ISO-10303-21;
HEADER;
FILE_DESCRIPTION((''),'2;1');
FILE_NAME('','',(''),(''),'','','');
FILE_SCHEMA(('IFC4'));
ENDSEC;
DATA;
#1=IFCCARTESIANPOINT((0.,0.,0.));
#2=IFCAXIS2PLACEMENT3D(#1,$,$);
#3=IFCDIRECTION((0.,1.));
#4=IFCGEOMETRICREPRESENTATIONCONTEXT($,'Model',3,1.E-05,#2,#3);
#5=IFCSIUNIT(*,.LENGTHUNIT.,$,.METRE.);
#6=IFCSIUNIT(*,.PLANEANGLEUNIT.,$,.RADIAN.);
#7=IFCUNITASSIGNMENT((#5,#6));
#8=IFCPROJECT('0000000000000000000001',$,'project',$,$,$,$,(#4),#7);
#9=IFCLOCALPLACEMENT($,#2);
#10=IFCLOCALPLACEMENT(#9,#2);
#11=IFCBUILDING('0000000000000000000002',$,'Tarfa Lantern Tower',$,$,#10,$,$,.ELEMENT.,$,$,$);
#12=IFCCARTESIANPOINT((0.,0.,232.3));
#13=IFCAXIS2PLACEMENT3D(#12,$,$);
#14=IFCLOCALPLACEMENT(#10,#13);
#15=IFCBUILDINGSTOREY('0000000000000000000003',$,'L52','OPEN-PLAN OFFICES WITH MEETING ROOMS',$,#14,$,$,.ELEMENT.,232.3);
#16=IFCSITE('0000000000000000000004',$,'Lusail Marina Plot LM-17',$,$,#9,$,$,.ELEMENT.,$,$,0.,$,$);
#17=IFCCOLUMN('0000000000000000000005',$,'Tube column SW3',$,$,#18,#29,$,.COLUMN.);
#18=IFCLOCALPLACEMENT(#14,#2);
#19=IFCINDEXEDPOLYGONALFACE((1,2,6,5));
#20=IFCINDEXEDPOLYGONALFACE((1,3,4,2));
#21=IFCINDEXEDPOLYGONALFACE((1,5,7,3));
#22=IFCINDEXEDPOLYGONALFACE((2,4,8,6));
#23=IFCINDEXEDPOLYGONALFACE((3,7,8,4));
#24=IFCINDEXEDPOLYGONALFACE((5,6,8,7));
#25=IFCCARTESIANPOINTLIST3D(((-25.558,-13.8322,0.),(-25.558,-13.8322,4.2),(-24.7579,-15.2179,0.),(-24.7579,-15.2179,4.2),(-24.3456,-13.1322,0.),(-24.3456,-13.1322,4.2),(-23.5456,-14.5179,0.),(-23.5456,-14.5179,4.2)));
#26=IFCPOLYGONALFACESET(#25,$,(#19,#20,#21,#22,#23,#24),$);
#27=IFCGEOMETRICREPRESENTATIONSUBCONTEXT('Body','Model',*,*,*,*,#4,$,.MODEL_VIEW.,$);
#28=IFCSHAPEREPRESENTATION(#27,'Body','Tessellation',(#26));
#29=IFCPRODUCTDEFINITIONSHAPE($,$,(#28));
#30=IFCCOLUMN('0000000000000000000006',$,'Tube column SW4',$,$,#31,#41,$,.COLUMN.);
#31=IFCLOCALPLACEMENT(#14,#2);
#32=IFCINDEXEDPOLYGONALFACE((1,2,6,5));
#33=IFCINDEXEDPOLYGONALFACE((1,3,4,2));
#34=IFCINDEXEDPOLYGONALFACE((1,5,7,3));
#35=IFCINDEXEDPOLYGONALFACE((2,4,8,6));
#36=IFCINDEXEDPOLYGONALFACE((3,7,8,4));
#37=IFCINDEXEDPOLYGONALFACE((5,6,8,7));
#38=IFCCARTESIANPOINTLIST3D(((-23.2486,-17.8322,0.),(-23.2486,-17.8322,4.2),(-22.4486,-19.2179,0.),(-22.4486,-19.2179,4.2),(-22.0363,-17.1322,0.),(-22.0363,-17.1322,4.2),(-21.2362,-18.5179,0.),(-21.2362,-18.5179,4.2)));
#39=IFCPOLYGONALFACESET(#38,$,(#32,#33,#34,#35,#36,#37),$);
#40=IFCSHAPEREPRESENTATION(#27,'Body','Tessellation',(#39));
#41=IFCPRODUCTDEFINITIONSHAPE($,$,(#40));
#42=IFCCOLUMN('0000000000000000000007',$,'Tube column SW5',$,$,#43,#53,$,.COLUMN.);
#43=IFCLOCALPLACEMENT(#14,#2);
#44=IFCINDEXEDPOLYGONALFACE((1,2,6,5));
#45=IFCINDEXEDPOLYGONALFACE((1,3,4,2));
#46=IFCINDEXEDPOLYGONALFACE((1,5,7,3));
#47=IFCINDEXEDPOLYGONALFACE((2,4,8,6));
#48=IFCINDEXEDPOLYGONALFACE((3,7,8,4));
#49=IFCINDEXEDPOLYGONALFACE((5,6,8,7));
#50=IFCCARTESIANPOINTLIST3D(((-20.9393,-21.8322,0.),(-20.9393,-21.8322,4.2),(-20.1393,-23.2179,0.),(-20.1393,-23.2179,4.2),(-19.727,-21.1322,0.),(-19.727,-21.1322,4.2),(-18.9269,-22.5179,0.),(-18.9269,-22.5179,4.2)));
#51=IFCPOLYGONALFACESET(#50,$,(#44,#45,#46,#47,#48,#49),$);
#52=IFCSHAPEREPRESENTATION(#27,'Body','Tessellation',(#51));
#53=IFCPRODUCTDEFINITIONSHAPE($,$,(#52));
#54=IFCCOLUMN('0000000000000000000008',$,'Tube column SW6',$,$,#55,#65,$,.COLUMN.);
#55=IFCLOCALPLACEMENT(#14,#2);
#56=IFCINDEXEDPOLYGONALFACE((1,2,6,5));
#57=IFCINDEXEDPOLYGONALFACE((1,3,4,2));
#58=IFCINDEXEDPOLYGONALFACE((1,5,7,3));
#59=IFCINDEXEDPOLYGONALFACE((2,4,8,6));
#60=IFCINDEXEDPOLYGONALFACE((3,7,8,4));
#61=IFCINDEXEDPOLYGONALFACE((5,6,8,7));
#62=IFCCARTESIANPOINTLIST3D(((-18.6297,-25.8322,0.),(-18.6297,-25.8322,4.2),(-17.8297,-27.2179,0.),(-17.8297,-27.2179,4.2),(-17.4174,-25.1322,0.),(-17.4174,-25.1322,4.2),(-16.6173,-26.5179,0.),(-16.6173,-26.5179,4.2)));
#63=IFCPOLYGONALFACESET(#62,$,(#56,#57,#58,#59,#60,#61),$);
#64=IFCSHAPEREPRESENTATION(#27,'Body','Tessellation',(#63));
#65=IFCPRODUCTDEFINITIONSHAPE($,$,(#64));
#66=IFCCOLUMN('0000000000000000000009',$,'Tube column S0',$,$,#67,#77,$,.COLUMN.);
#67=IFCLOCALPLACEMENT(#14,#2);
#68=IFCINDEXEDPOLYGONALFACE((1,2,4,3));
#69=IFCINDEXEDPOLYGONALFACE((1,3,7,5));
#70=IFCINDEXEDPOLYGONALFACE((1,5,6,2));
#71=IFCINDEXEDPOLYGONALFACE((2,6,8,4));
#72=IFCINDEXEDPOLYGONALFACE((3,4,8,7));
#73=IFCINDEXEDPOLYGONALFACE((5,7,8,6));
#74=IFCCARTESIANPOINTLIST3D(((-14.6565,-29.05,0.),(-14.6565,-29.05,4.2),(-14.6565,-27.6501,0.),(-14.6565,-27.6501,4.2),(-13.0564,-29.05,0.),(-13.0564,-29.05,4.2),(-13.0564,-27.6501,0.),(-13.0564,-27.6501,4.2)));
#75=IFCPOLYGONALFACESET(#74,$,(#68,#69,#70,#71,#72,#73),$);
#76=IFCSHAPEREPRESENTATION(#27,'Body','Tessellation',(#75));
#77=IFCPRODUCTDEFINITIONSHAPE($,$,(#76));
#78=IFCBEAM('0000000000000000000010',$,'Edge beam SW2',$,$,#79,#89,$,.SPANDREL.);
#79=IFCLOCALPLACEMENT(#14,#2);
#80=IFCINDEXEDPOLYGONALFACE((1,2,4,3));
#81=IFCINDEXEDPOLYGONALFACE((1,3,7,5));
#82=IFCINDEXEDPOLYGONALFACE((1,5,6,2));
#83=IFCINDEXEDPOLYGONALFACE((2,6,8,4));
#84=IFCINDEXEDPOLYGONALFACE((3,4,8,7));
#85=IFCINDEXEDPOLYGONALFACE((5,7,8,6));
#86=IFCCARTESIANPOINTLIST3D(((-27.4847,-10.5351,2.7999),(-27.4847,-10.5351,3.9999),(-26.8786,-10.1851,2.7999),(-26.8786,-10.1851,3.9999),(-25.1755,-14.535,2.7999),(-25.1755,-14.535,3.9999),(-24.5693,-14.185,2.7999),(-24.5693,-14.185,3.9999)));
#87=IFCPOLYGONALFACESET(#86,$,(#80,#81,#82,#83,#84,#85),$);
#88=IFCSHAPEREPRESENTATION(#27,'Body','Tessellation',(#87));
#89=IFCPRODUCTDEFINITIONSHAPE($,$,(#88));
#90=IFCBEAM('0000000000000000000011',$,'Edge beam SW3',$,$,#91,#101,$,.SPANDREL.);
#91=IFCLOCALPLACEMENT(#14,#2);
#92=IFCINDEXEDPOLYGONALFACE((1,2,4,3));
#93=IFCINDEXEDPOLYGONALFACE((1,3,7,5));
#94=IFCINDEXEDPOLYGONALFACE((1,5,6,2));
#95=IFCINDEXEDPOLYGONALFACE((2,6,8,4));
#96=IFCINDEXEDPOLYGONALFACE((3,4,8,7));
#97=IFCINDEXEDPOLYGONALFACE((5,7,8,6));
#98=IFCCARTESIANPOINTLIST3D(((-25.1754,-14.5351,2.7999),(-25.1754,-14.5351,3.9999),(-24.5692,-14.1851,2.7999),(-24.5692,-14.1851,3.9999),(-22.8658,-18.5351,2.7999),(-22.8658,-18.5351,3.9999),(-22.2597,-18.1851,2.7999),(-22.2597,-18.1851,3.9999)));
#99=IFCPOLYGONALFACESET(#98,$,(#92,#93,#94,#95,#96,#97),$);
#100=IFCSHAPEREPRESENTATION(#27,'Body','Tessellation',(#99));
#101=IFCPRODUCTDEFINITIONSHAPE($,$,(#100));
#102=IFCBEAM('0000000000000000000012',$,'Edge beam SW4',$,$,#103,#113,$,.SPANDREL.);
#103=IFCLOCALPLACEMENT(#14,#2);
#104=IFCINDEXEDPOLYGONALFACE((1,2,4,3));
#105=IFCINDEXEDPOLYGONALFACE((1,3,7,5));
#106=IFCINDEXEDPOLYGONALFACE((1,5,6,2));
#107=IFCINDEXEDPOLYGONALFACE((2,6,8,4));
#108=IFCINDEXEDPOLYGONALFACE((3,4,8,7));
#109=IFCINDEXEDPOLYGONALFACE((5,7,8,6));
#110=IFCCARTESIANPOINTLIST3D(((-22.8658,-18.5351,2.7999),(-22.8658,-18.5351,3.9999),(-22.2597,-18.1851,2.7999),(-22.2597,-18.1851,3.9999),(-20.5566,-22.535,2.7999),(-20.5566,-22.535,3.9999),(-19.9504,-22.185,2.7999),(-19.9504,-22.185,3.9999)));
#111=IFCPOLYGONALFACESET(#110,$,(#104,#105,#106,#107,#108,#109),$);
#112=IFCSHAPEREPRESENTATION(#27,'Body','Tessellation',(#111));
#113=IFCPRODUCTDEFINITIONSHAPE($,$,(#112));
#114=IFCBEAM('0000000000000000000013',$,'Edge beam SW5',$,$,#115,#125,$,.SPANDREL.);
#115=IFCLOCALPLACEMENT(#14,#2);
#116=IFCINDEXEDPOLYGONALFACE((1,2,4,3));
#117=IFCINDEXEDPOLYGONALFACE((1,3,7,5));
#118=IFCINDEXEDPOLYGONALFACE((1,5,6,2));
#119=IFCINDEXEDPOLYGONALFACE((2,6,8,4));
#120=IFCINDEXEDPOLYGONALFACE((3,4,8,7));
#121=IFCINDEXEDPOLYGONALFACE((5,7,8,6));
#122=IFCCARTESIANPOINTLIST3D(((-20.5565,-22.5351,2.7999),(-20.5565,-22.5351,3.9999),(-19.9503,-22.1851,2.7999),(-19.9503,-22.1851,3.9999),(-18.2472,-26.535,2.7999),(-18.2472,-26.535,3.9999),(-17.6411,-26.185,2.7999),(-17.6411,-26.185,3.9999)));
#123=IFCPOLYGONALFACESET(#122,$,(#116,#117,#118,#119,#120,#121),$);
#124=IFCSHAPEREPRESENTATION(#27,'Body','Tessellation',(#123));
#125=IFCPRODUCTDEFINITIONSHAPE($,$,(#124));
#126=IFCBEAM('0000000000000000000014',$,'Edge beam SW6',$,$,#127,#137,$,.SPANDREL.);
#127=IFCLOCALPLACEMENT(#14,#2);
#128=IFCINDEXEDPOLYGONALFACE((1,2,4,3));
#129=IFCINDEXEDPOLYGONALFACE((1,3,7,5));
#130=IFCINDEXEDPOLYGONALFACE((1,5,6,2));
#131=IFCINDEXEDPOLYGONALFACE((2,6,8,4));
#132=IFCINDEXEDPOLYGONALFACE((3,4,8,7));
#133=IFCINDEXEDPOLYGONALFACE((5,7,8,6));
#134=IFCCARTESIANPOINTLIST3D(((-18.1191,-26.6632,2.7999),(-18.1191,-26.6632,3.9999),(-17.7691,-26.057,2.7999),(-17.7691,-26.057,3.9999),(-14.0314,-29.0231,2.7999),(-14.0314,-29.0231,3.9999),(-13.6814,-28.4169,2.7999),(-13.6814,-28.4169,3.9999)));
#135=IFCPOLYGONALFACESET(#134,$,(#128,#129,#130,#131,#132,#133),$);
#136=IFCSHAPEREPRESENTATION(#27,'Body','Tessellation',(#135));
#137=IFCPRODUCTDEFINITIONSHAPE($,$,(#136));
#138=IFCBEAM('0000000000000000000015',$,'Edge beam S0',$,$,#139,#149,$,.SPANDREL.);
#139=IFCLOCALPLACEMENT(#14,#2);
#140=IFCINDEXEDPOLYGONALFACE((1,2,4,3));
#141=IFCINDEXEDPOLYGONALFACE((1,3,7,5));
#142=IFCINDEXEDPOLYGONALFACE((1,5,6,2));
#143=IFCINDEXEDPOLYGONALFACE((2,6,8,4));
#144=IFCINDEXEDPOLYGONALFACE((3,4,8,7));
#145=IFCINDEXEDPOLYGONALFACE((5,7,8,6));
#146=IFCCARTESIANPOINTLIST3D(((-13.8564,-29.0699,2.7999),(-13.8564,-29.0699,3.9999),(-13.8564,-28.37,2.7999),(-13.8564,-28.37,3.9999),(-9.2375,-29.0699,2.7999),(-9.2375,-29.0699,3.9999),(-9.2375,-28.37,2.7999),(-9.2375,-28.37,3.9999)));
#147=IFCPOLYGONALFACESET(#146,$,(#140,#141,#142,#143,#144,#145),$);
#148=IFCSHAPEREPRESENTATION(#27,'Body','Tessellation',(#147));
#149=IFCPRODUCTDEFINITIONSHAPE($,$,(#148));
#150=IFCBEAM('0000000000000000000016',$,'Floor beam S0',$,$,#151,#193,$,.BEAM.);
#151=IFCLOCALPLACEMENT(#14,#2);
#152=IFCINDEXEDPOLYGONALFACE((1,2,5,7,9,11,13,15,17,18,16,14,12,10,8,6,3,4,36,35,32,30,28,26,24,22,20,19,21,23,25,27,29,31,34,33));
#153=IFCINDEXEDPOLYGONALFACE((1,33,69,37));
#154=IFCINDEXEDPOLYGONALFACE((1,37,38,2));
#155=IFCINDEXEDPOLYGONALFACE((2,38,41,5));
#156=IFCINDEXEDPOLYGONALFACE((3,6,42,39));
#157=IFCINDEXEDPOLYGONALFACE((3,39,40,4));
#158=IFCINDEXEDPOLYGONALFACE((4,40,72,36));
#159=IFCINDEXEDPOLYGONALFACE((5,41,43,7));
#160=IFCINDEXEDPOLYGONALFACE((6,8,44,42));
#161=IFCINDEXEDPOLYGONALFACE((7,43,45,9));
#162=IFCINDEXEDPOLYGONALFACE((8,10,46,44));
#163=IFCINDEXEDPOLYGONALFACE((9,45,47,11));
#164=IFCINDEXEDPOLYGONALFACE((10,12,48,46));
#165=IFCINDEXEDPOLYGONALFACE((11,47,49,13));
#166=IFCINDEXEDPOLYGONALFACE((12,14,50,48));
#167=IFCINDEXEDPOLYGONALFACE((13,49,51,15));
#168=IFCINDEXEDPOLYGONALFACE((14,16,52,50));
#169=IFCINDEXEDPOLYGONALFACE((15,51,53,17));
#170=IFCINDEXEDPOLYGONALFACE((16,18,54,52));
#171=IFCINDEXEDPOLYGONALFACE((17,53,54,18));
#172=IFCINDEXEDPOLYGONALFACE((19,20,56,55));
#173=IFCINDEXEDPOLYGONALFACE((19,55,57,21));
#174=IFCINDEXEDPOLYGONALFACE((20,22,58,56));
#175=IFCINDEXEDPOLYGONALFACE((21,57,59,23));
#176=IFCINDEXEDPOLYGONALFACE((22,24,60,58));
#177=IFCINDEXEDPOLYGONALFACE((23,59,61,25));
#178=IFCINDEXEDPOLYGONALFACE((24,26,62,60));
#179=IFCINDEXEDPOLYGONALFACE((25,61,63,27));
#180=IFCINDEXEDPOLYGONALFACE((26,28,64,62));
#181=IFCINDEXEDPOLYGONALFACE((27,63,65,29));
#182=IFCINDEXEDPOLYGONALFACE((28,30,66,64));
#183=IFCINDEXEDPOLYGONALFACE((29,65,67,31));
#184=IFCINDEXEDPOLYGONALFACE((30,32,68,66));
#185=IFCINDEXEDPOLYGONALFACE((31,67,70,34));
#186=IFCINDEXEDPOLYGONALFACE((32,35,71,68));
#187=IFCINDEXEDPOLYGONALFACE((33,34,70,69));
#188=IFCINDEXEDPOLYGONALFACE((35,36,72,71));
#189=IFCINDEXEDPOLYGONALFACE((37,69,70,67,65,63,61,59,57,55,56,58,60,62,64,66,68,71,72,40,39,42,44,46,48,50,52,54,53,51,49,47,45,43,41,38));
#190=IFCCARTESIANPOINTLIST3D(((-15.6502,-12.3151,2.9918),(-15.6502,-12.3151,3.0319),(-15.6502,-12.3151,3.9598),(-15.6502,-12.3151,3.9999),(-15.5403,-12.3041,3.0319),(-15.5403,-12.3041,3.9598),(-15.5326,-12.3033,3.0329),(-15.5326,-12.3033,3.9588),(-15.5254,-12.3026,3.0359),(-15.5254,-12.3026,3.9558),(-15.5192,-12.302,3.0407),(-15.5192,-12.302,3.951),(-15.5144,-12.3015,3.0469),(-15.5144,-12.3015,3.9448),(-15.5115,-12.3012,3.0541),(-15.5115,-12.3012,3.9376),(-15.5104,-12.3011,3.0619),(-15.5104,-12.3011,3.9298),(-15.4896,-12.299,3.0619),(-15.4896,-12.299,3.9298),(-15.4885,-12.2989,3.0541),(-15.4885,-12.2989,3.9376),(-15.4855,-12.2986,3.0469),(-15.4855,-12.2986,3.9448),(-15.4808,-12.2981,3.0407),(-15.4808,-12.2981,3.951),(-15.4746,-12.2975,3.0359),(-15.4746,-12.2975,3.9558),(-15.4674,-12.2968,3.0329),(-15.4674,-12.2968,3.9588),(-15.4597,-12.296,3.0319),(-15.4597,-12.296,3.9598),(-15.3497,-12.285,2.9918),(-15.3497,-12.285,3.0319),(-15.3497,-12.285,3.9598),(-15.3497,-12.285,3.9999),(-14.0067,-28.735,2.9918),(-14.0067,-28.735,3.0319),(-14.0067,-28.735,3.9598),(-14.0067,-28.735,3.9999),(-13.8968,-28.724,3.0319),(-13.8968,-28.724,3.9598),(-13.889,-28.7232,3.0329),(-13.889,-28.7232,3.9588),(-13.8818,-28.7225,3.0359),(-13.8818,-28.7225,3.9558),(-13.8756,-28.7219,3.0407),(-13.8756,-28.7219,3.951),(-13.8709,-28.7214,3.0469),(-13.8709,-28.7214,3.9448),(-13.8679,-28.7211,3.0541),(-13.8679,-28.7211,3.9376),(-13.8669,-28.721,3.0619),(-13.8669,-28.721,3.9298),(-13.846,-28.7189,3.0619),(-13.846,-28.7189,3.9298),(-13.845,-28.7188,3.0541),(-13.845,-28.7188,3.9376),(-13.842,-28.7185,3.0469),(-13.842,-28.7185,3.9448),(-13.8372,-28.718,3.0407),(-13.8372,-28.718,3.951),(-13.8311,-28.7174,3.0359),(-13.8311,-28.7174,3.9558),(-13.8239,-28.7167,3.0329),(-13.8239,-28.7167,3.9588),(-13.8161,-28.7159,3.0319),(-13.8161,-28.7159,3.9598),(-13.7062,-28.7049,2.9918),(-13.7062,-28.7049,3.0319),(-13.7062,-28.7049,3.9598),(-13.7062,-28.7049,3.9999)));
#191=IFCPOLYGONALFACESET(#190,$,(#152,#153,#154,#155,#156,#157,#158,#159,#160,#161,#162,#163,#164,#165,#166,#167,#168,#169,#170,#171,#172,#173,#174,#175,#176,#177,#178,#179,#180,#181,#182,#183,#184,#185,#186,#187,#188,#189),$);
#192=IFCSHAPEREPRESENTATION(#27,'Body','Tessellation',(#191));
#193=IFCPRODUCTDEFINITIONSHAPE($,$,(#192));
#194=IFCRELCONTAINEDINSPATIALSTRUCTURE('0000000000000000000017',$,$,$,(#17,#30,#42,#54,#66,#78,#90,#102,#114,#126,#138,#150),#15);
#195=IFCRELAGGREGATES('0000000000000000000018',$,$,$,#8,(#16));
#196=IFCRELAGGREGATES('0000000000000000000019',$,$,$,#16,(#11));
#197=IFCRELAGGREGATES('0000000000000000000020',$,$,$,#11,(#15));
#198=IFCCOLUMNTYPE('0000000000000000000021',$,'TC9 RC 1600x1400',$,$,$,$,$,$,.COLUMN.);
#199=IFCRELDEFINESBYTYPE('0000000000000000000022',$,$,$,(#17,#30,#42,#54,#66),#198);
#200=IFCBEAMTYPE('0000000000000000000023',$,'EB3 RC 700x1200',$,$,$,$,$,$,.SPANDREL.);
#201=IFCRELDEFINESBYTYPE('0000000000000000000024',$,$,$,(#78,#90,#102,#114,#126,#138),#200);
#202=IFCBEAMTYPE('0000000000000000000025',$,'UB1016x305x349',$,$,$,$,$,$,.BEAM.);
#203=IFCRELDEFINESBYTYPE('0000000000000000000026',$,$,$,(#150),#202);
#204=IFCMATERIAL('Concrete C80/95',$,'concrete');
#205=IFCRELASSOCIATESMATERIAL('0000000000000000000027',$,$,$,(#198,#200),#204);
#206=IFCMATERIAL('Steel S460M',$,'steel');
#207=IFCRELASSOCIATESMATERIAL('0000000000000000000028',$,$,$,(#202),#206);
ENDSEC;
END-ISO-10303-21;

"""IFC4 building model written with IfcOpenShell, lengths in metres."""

from ifc_helpers import new_model, si_unit, direction, frame, origin, origin_2d, place, context, subcontext, project, spatial, rectangle, i_section, extrude, material, material_profile, profile_set, type_object, element, save


model = new_model("IFC4")

# Units and contexts
model_context = context("Model", 3, precision=1e-05, world=origin(), true_north=direction((0.0, 1.0)))
body_context = subcontext(model_context, "Body", "Model", "MODEL_VIEW")
ifc_project = project(units=[si_unit("LENGTHUNIT", "METRE"), si_unit("PLANEANGLEUNIT", "RADIAN")], contexts=[model_context])

# Site, building, storey
site_placement = place(None, origin())
site = spatial("IfcSite", under=ifc_project, at=site_placement, Name="Lusail Marina Plot LM-17", CompositionType="ELEMENT", RefElevation=0.0)
building_placement = place(site_placement, origin())
building = spatial("IfcBuilding", under=site, at=building_placement, Name="Tarfa Lantern Tower", CompositionType="ELEMENT")
storey_placement = place(building_placement, frame((0.0, 0.0, 232.3)))
storey = spatial("IfcBuildingStorey", under=building, at=storey_placement, Name="L52", Description="OPEN-PLAN OFFICES WITH MEETING ROOMS", CompositionType="ELEMENT", Elevation=232.3)

# Columns
ifc_material_1 = material(Name="Concrete C80/95", Category="concrete")
ifc_material_profile_1 = material_profile(ifc_material_1, rectangle(XDim=1.6001, YDim=1.3999, at=origin_2d()), Name="RC 1600x1400")
ifc_profile_set_1 = profile_set([ifc_material_profile_1], Name="Concrete C80/95")
column_type = type_object("IfcColumnType", Name="TC9 RC 1600x1400", PredefinedType="COLUMN", material=ifc_profile_set_1)
for number, where, z_axis, x_axis, name in (
    (1, (-24.5518, -14.175, 0.0), (0.0, 0.0, 1.0), (0.5, -0.866025, 0.0), "Tube column SW3"),
    (2, (-22.2424, -18.175, 0.0), (0.0, 0.0, 1.0), (0.5, -0.866025, 0.0), "Tube column SW4"),
    (3, (-19.9331, -22.175, 0.0), (0.0, 0.0, 1.0), (0.5, -0.866025, 0.0), "Tube column SW5"),
    (4, (-17.6235, -26.175, 0.0), (0.0, 0.0, 1.0), (0.5, -0.866025, 0.0), "Tube column SW6"),
    (5, (-13.8564, -28.3501, 0.0), (0.0, 0.0, 1.0), (1.0, 0.0, 0.0), "Tube column S0"),
):
    element("IfcColumn", number, at=place(storey_placement, frame(where, z_axis=z_axis, x_axis=x_axis)), inside=storey, type_object=column_type, Name=name, PredefinedType="COLUMN", context=body_context, shape_type="SweptSolid", body=[
        extrude(rectangle(XDim=1.6001, YDim=1.3999, at=origin_2d()), origin(), (0.0, 0.0, 1.0), 4.2),
    ])

# Beams
ifc_material_profile_2 = material_profile(ifc_material_1, rectangle(XDim=0.7, YDim=1.2, at=origin_2d()), Name="RC 700x1200")
ifc_profile_set_2 = profile_set([ifc_material_profile_2], Name="Concrete C80/95")
beam_type_1 = type_object("IfcBeamType", Name="EB3 RC 700x1200", PredefinedType="SPANDREL", material=ifc_profile_set_2)
beam_1_placement = place(storey_placement, frame((-27.1816, -10.3601, 3.3999), z_axis=(0.499988, -0.866032, 0.0), x_axis=(0.866032, 0.499988, 0.0)))
element("IfcBeam", 6, at=beam_1_placement, inside=storey, type_object=beam_type_1, Name="Edge beam SW2", PredefinedType="SPANDREL", context=body_context, shape_type="SweptSolid", body=[
    extrude(rectangle(XDim=0.7, YDim=1.2, at=origin_2d()), origin(), (0.0, 0.0, 1.0), 4.6187),
])
beam_2_placement = place(storey_placement, frame((-24.8723, -14.3601, 3.3999), z_axis=(0.500027, -0.86601, 0.0), x_axis=(0.86601, 0.500027, 0.0)))
element("IfcBeam", 7, at=beam_2_placement, inside=storey, type_object=beam_type_1, Name="Edge beam SW3", PredefinedType="SPANDREL", context=body_context, shape_type="SweptSolid", body=[
    extrude(rectangle(XDim=0.7, YDim=1.2, at=origin_2d()), origin(), (0.0, 0.0, 1.0), 4.6189),
])
for number, where, z_axis, x_axis, name in (
    (8, (-22.5627, -18.3601, 3.3999), (0.499988, -0.866032, 0.0), (0.866032, 0.499988, 0.0), "Edge beam SW4"),
    (9, (-20.2534, -22.3601, 3.3999), (0.499988, -0.866032, 0.0), (0.866032, 0.499988, 0.0), "Edge beam SW5"),
):
    element("IfcBeam", number, at=place(storey_placement, frame(where, z_axis=z_axis, x_axis=x_axis)), inside=storey, type_object=beam_type_1, Name=name, PredefinedType="SPANDREL", context=body_context, shape_type="SweptSolid", body=[
        extrude(rectangle(XDim=0.7, YDim=1.2, at=origin_2d()), origin(), (0.0, 0.0, 1.0), 4.6187),
    ])
beam_3_placement = place(storey_placement, frame((-17.9441, -26.3601, 3.3999), z_axis=(0.866038, -0.499978, 0.0), x_axis=(0.499978, 0.866038, 0.0)))
element("IfcBeam", 10, at=beam_3_placement, inside=storey, type_object=beam_type_1, Name="Edge beam SW6", PredefinedType="SPANDREL", context=body_context, shape_type="SweptSolid", body=[
    extrude(rectangle(XDim=0.7, YDim=1.2, at=origin_2d()), origin(), (0.0, 0.0, 1.0), 4.72),
])
beam_4_placement = place(storey_placement, frame((-13.8564, -28.72, 3.3999), z_axis=(1.0, 0.0, 0.0), x_axis=(0.0, 1.0, 0.0)))
element("IfcBeam", 11, at=beam_4_placement, inside=storey, type_object=beam_type_1, Name="Edge beam S0", PredefinedType="SPANDREL", context=body_context, shape_type="SweptSolid", body=[
    extrude(rectangle(XDim=0.7, YDim=1.2, at=origin_2d()), origin(), (0.0, 0.0, 1.0), 4.6189),
])
ifc_material_2 = material(Name="Steel S460M", Category="steel")
ifc_material_profile_3 = material_profile(ifc_material_2, i_section(OverallWidth=0.302, OverallDepth=1.0081, WebThickness=0.021, FlangeThickness=0.04, FilletRadius=0.03, at=origin_2d()), Name="UB1016x305x349")
ifc_profile_set_3 = profile_set([ifc_material_profile_3], Name="Steel S460M")
beam_type_2 = type_object("IfcBeamType", Name="UB1016x305x349", PredefinedType="BEAM", material=ifc_profile_set_3)
beam_5_placement = place(storey_placement, frame((-13.8564, -28.72, 3.4958), z_axis=(-0.099597, 0.995028, 0.0), x_axis=(-0.995028, -0.099597, 0.0)))
element("IfcBeam", 12, at=beam_5_placement, inside=storey, type_object=beam_type_2, Name="Floor beam S0", PredefinedType="BEAM", context=body_context, shape_type="SweptSolid", body=[
    extrude(i_section(OverallWidth=0.302, OverallDepth=1.0081, WebThickness=0.021, FlangeThickness=0.04, FilletRadius=0.03, at=origin_2d()), origin(), (0.0, 0.0, 1.0), 16.502),
])

save(model, "model.ifc")
